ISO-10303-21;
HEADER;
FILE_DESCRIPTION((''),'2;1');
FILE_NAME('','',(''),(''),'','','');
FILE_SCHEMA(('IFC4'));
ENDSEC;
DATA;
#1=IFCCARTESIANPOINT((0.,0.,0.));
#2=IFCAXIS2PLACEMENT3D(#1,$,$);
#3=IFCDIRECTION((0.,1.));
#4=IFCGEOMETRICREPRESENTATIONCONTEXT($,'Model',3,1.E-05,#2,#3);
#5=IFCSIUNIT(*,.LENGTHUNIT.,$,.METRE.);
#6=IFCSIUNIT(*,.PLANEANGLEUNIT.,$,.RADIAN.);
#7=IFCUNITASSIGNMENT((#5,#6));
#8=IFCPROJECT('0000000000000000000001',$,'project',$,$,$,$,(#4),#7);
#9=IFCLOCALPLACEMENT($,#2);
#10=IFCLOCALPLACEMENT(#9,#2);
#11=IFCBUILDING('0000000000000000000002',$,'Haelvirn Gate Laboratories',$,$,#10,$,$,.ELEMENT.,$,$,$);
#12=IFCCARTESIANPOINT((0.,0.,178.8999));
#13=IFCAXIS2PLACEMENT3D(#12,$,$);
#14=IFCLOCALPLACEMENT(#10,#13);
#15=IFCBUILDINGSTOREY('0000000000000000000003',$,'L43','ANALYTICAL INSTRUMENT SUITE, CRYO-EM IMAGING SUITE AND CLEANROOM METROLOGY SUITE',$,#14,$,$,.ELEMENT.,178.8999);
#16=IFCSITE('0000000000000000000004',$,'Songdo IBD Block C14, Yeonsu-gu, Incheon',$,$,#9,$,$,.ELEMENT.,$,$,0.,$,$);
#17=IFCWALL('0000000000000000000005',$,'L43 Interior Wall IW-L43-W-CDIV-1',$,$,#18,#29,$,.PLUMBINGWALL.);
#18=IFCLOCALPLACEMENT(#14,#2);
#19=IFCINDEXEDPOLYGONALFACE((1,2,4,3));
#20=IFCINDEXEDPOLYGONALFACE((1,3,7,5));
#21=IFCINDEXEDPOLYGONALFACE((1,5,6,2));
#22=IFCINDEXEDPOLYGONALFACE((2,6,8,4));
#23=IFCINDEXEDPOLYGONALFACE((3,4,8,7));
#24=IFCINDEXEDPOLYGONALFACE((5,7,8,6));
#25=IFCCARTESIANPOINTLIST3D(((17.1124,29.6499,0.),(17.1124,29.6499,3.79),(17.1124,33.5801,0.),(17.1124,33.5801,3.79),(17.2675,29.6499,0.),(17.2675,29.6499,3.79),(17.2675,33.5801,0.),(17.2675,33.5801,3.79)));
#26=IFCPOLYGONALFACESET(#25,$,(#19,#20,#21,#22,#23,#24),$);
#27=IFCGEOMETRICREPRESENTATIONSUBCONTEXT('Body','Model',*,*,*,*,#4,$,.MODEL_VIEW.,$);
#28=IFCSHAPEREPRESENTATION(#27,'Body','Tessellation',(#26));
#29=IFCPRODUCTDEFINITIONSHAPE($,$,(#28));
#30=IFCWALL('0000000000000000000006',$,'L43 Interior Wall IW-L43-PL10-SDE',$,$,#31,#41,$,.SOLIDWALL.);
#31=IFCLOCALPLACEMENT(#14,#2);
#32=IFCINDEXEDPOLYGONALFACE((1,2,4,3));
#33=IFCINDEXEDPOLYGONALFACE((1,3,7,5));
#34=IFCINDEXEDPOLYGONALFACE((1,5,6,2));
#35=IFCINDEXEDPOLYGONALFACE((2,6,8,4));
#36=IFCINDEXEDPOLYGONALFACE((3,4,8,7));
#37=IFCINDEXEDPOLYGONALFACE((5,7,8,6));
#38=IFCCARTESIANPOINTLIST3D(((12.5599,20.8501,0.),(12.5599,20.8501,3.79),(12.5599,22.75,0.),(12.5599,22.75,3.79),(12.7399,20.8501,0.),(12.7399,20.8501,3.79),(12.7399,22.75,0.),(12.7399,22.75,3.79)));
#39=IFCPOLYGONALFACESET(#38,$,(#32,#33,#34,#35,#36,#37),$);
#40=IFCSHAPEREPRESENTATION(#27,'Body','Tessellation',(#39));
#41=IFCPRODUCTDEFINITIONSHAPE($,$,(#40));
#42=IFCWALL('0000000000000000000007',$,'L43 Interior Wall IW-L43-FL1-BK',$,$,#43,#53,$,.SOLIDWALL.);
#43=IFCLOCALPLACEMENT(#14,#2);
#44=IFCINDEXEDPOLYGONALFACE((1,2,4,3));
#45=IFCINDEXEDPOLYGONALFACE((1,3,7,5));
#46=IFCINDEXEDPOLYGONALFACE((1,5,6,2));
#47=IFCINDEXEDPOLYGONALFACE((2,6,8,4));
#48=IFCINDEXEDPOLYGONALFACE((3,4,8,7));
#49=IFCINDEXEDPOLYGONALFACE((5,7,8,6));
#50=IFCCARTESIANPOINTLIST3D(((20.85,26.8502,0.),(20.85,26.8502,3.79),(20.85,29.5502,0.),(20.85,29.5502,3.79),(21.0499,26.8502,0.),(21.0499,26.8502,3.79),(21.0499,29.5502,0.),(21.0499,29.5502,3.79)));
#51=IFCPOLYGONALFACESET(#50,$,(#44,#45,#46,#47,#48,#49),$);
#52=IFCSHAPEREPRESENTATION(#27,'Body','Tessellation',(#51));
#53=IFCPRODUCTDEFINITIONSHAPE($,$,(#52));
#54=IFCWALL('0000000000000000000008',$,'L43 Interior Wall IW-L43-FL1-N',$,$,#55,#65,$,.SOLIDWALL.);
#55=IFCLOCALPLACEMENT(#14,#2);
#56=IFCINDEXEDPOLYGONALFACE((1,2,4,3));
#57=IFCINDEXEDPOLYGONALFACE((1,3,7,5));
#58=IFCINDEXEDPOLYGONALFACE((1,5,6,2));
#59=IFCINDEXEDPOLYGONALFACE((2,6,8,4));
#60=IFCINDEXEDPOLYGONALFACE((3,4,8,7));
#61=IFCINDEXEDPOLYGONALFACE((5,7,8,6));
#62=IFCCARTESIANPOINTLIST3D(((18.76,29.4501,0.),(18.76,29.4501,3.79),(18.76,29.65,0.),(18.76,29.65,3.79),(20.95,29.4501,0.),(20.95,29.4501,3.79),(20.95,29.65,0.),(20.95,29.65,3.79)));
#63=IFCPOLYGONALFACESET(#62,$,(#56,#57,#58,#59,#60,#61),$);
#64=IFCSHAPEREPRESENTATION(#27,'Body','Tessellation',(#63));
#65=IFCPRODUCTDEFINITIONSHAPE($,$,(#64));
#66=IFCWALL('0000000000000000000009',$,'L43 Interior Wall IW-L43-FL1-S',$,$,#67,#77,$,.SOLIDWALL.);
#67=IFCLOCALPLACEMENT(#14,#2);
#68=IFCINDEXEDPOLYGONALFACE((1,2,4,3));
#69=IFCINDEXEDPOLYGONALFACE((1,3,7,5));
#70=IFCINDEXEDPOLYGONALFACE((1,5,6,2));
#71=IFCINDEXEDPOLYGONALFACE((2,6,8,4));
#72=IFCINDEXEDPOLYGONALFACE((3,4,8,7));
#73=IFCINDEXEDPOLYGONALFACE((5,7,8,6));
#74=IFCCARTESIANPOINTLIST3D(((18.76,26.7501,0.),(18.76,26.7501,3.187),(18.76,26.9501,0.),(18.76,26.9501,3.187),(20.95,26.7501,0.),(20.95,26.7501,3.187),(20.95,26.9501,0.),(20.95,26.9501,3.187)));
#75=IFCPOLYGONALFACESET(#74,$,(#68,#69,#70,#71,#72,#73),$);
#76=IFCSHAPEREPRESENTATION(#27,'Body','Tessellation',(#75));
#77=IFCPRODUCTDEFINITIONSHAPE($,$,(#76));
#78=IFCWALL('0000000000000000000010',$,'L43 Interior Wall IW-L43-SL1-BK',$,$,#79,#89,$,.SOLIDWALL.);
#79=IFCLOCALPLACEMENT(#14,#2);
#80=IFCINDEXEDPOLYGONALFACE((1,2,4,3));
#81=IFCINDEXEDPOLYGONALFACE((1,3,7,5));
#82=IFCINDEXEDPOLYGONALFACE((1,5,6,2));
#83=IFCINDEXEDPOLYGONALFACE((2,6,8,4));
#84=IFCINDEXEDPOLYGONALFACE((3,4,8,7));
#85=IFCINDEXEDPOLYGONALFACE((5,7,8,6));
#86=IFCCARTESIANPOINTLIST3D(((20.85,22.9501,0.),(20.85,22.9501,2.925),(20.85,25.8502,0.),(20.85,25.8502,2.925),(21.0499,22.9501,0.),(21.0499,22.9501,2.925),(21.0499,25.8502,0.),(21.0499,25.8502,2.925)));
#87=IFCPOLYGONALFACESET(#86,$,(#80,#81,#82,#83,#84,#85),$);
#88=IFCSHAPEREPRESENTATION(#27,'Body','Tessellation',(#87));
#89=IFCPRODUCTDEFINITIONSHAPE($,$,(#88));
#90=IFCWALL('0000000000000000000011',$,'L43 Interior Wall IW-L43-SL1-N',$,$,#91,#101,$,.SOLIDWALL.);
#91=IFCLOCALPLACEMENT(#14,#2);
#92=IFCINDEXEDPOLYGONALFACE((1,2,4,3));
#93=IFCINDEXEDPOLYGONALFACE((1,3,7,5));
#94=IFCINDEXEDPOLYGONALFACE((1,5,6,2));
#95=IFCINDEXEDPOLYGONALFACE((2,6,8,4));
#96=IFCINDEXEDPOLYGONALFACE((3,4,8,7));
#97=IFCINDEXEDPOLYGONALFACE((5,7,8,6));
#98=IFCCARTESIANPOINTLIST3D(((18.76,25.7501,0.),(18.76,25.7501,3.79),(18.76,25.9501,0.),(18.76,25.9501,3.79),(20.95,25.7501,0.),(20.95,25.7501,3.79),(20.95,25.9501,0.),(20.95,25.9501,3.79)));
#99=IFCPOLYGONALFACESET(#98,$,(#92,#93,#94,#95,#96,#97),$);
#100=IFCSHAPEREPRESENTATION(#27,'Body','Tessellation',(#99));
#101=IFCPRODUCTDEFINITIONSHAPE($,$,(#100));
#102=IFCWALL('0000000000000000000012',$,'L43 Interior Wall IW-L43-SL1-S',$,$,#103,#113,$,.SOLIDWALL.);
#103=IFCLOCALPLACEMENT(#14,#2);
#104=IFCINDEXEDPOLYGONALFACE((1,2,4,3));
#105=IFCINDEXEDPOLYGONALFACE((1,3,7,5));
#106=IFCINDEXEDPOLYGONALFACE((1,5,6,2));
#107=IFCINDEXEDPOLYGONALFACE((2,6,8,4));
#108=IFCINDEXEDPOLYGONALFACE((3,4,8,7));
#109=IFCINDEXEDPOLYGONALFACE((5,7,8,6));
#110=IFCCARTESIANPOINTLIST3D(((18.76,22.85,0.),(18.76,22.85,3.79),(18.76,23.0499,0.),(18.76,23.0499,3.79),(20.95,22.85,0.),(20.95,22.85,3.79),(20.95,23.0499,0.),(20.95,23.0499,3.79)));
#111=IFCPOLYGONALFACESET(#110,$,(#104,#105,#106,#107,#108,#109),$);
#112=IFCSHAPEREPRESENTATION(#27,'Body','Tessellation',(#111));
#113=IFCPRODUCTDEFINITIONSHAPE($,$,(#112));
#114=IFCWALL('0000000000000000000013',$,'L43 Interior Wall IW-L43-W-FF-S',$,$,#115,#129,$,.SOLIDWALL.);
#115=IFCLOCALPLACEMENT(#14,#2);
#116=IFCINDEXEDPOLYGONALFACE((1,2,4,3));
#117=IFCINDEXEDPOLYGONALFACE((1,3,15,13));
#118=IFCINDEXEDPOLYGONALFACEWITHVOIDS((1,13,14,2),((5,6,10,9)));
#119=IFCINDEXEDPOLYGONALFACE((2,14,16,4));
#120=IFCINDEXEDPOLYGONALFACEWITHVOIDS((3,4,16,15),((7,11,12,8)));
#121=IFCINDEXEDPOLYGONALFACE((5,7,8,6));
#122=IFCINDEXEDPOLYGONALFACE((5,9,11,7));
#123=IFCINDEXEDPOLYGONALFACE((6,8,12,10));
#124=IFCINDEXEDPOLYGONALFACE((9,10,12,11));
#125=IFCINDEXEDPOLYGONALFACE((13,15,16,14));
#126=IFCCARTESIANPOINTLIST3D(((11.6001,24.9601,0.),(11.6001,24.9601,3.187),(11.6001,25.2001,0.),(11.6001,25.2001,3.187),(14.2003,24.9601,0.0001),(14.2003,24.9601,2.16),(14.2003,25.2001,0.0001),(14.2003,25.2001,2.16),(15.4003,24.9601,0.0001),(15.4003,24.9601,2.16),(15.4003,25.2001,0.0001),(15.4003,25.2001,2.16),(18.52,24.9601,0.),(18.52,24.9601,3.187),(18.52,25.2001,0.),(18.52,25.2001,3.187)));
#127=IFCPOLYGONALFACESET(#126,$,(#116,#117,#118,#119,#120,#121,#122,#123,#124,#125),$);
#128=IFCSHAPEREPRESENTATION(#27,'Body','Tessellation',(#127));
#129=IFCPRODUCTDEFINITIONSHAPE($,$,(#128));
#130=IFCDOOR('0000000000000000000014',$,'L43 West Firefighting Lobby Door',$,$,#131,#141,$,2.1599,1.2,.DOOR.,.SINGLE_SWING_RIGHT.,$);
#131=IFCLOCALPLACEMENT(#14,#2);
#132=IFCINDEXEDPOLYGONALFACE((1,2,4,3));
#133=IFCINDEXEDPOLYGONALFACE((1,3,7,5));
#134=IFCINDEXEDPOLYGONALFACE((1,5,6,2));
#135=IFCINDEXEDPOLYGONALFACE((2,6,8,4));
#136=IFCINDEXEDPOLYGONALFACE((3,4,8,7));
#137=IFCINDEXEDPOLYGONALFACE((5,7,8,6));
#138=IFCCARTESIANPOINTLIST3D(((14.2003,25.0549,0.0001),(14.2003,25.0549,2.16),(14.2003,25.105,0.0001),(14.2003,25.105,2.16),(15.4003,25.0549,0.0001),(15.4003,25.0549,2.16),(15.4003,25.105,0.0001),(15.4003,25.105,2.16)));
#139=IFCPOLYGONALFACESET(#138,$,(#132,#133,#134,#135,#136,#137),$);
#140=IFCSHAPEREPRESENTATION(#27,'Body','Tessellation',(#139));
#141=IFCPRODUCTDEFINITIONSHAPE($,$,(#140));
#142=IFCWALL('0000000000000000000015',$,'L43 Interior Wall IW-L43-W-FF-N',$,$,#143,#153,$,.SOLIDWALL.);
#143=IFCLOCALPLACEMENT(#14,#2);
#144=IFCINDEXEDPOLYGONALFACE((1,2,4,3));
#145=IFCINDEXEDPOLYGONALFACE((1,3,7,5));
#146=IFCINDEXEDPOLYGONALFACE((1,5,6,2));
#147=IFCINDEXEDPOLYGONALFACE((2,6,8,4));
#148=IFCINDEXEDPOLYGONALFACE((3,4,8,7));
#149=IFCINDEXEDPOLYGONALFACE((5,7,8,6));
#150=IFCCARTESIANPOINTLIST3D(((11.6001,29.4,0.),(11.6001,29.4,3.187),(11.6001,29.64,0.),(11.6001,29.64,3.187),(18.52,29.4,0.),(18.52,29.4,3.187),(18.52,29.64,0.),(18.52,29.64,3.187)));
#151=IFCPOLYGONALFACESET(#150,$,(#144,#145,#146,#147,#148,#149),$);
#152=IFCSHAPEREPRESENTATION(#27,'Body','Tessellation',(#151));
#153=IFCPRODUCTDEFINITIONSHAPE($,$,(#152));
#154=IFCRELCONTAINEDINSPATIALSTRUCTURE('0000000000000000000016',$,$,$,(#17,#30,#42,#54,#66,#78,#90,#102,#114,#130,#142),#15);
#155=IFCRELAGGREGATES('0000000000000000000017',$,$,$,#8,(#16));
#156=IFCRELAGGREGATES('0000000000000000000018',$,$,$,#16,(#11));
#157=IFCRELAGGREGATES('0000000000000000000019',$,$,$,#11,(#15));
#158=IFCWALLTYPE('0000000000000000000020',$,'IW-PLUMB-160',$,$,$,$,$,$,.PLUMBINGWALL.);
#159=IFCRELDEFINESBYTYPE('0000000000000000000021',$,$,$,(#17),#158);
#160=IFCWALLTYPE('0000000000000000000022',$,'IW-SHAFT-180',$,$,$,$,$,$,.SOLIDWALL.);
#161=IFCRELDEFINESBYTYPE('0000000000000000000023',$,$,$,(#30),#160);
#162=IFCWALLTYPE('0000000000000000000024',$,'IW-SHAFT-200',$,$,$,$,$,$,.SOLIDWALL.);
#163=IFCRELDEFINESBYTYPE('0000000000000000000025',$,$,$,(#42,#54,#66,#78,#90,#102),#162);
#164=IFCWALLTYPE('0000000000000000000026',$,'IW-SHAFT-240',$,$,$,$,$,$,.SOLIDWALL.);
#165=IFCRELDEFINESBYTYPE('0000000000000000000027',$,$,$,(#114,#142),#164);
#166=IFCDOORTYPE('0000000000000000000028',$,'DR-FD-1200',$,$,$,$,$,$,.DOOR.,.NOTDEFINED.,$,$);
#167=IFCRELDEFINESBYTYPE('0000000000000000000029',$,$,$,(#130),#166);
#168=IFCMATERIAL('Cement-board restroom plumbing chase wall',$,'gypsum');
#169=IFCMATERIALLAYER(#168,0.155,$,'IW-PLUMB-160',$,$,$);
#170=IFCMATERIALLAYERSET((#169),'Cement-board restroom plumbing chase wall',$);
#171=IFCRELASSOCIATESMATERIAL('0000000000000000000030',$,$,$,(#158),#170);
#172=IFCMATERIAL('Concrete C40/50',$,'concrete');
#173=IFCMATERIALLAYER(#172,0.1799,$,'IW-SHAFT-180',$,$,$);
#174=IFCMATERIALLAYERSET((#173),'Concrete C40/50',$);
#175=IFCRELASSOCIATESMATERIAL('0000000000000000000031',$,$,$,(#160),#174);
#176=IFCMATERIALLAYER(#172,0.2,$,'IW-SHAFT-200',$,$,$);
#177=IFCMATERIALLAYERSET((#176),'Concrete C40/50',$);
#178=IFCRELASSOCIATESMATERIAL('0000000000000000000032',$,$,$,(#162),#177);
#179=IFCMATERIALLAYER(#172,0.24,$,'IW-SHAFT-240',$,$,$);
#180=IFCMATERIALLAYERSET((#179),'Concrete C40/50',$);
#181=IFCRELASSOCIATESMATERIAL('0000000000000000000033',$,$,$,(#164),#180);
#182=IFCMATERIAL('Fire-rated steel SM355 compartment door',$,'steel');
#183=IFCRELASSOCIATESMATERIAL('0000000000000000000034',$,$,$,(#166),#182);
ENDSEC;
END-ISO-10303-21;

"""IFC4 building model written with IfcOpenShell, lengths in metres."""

from ifc_helpers import new_model, si_unit, direction, frame, frame_2d, origin, place, context, subcontext, project, spatial, rectangle, extrude, source, transform, mapped, material, layer, layer_set, type_object, type_shapes, element, fill, save


model = new_model("IFC4")

# Units and contexts
model_context = context("Model", 3, precision=1e-05, world=origin(), true_north=direction((0.0, 1.0)))
body_context = subcontext(model_context, "Body", "Model", "MODEL_VIEW")
ifc_project = project(units=[si_unit("LENGTHUNIT", "METRE"), si_unit("PLANEANGLEUNIT", "RADIAN")], contexts=[model_context])

# Site, building, storey
site_placement = place(None, origin())
site = spatial("IfcSite", under=ifc_project, at=site_placement, Name="Songdo IBD Block C14, Yeonsu-gu, Incheon", CompositionType="ELEMENT", RefElevation=0.0)
building_placement = place(site_placement, origin())
building = spatial("IfcBuilding", under=site, at=building_placement, Name="Haelvirn Gate Laboratories", CompositionType="ELEMENT")
storey_placement = place(building_placement, frame((0.0, 0.0, 178.8999)))
storey = spatial("IfcBuildingStorey", under=building, at=storey_placement, Name="L43", Description="ANALYTICAL INSTRUMENT SUITE, CRYO-EM IMAGING SUITE AND CLEANROOM METROLOGY SUITE", CompositionType="ELEMENT", Elevation=178.8999)

# Walls
ifc_material_1 = material(Name="Cement-board restroom plumbing chase wall", Category="gypsum")
ifc_layer_1 = layer(ifc_material_1, 0.155, Name="IW-PLUMB-160")
ifc_layer_set_1 = layer_set([ifc_layer_1], Name="Cement-board restroom plumbing chase wall")
wall_type_1 = type_object("IfcWallType", Name="IW-PLUMB-160", PredefinedType="PLUMBINGWALL", material=ifc_layer_set_1)
wall_1_placement = place(storey_placement, frame((17.1899, 29.6499, 0.0), z_axis=(0.0, 0.0, 1.0), x_axis=(0.0, 1.0, 0.0)))
element("IfcWall", 1, at=wall_1_placement, inside=storey, type_object=wall_type_1, Name="L43 Interior Wall IW-L43-W-CDIV-1", PredefinedType="PLUMBINGWALL", context=body_context, shape_type="SweptSolid", body=[
    extrude(rectangle(XDim=3.9302, YDim=0.155, at=frame_2d((1.9651, 0.0))), origin(), (0.0, 0.0, 1.0), 3.79),
])
ifc_material_2 = material(Name="Concrete C40/50", Category="concrete")
ifc_layer_2 = layer(ifc_material_2, 0.1799, Name="IW-SHAFT-180")
ifc_layer_set_2 = layer_set([ifc_layer_2], Name="Concrete C40/50")
wall_type_2 = type_object("IfcWallType", Name="IW-SHAFT-180", PredefinedType="SOLIDWALL", material=ifc_layer_set_2)
wall_2_placement = place(storey_placement, frame((12.6499, 20.8501, 0.0), z_axis=(0.0, 0.0, 1.0), x_axis=(0.0, 1.0, 0.0)))
element("IfcWall", 2, at=wall_2_placement, inside=storey, type_object=wall_type_2, Name="L43 Interior Wall IW-L43-PL10-SDE", PredefinedType="SOLIDWALL", context=body_context, shape_type="SweptSolid", body=[
    extrude(rectangle(XDim=1.8999, YDim=0.1799, at=frame_2d((0.95, 0.0))), origin(), (0.0, 0.0, 1.0), 3.79),
])
ifc_layer_3 = layer(ifc_material_2, 0.2, Name="IW-SHAFT-200")
ifc_layer_set_3 = layer_set([ifc_layer_3], Name="Concrete C40/50")
wall_type_3 = type_object("IfcWallType", Name="IW-SHAFT-200", PredefinedType="SOLIDWALL", material=ifc_layer_set_3)
wall_3_placement = place(storey_placement, frame((20.95, 26.8501, 0.0), z_axis=(0.0, 0.0, 1.0), x_axis=(0.0, 1.0, 0.0)))
element("IfcWall", 3, at=wall_3_placement, inside=storey, type_object=wall_type_3, Name="L43 Interior Wall IW-L43-FL1-BK", PredefinedType="SOLIDWALL", context=body_context, shape_type="SweptSolid", body=[
    extrude(rectangle(XDim=2.7, YDim=0.2, at=frame_2d((1.3501, 0.0))), origin(), (0.0, 0.0, 1.0), 3.79),
])
wall_4_placement = place(storey_placement, frame((18.76, 29.55, 0.0), z_axis=(0.0, 0.0, 1.0), x_axis=(1.0, 0.0, 0.0)))
element("IfcWall", 4, at=wall_4_placement, inside=storey, type_object=wall_type_3, Name="L43 Interior Wall IW-L43-FL1-N", PredefinedType="SOLIDWALL", context=body_context, shape_type="SweptSolid", body=[
    extrude(rectangle(XDim=2.1899, YDim=0.2, at=frame_2d((1.095, 0.0))), origin(), (0.0, 0.0, 1.0), 3.79),
])
wall_5_placement = place(storey_placement, frame((18.76, 26.8501, 0.0), z_axis=(0.0, 0.0, 1.0), x_axis=(1.0, 0.0, 0.0)))
element("IfcWall", 5, at=wall_5_placement, inside=storey, type_object=wall_type_3, Name="L43 Interior Wall IW-L43-FL1-S", PredefinedType="SOLIDWALL", context=body_context, shape_type="SweptSolid", body=[
    extrude(rectangle(XDim=2.1899, YDim=0.2, at=frame_2d((1.095, 0.0))), origin(), (0.0, 0.0, 1.0), 3.187),
])
wall_6_placement = place(storey_placement, frame((20.95, 22.95, 0.0), z_axis=(0.0, 0.0, 1.0), x_axis=(0.0, 1.0, 0.0)))
element("IfcWall", 6, at=wall_6_placement, inside=storey, type_object=wall_type_3, Name="L43 Interior Wall IW-L43-SL1-BK", PredefinedType="SOLIDWALL", context=body_context, shape_type="SweptSolid", body=[
    extrude(rectangle(XDim=2.9001, YDim=0.2, at=frame_2d((1.4502, 0.0))), origin(), (0.0, 0.0, 1.0), 2.925),
])
for number, where, z_axis, x_axis, name in (
    (7, (18.76, 25.8501, 0.0), (0.0, 0.0, 1.0), (1.0, 0.0, 0.0), "L43 Interior Wall IW-L43-SL1-N"),
    (8, (18.76, 22.95, 0.0), (0.0, 0.0, 1.0), (1.0, 0.0, 0.0), "L43 Interior Wall IW-L43-SL1-S"),
):
    element("IfcWall", number, at=place(storey_placement, frame(where, z_axis=z_axis, x_axis=x_axis)), inside=storey, type_object=wall_type_3, Name=name, PredefinedType="SOLIDWALL", context=body_context, shape_type="SweptSolid", body=[
        extrude(rectangle(XDim=2.1899, YDim=0.2, at=frame_2d((1.095, 0.0))), origin(), (0.0, 0.0, 1.0), 3.79),
    ])

# Wall, opening, door
ifc_layer_4 = layer(ifc_material_2, 0.24, Name="IW-SHAFT-240")
ifc_layer_set_4 = layer_set([ifc_layer_4], Name="Concrete C40/50")
wall_type_4 = type_object("IfcWallType", Name="IW-SHAFT-240", PredefinedType="SOLIDWALL", material=ifc_layer_set_4)
wall_7_placement = place(storey_placement, frame((11.6001, 25.0801, 0.0), z_axis=(0.0, 0.0, 1.0), x_axis=(1.0, 0.0, 0.0)))
wall_7 = element("IfcWall", 9, at=wall_7_placement, inside=storey, type_object=wall_type_4, Name="L43 Interior Wall IW-L43-W-FF-S", PredefinedType="SOLIDWALL", context=body_context, shape_type="SweptSolid", body=[
    extrude(rectangle(XDim=6.9199, YDim=0.24, at=frame_2d((3.46, 0.0))), origin(), (0.0, 0.0, 1.0), 3.187),
])
opening_1_placement = place(wall_7_placement, frame((2.6001, 0.0, 0.0)))
opening_1 = element("IfcOpeningElement", 10, at=opening_1_placement, cuts=wall_7, PredefinedType="OPENING", context=body_context, shape_type="SweptSolid", body=[
    extrude(rectangle(XDim=1.2, YDim=2.1599, at=frame_2d((0.6001, 1.0801))), frame((0.0, 0.1299, 0.0), z_axis=(0.0, -1.0, 0.0), x_axis=(1.0, 0.0, 0.0)), (0.0, 0.0, 1.0), 0.26),
])
ifc_material_3 = material(Name="Fire-rated steel SM355 compartment door", Category="steel")
door_type_1 = type_object("IfcDoorType", Name="DR-FD-1200", OperationType="NOTDEFINED", PredefinedType="DOOR", material=ifc_material_3)
shared_shape_1 = source(origin(), body_context, "Body", "SweptSolid", [
    extrude(rectangle(XDim=1.2, YDim=2.1599, at=frame_2d((0.6001, 1.0801))), frame((0.0, 0.0249, 0.0), z_axis=(0.0, -1.0, 0.0), x_axis=(1.0, 0.0, 0.0)), (0.0, 0.0, 1.0), 0.05),
])
type_shapes(door_type_1, [shared_shape_1])
door_1_placement = place(opening_1_placement, origin())
door_1 = element("IfcDoor", 11, at=door_1_placement, inside=storey, type_object=door_type_1, Name="L43 West Firefighting Lobby Door", OperationType="SINGLE_SWING_RIGHT", OverallHeight=2.1599, OverallWidth=1.2, PredefinedType="DOOR", context=body_context, shape_type="MappedRepresentation", body=[
    mapped(shared_shape_1, transform((0.0, 0.0, 0.0), scale=1.0)),
])
fill(opening_1, door_1)

# Wall
wall_8_placement = place(storey_placement, frame((11.6001, 29.52, 0.0), z_axis=(0.0, 0.0, 1.0), x_axis=(1.0, 0.0, 0.0)))
element("IfcWall", 12, at=wall_8_placement, inside=storey, type_object=wall_type_4, Name="L43 Interior Wall IW-L43-W-FF-N", PredefinedType="SOLIDWALL", context=body_context, shape_type="SweptSolid", body=[
    extrude(rectangle(XDim=6.9199, YDim=0.24, at=frame_2d((3.46, 0.0))), origin(), (0.0, 0.0, 1.0), 3.187),
])

save(model, "model.ifc")
